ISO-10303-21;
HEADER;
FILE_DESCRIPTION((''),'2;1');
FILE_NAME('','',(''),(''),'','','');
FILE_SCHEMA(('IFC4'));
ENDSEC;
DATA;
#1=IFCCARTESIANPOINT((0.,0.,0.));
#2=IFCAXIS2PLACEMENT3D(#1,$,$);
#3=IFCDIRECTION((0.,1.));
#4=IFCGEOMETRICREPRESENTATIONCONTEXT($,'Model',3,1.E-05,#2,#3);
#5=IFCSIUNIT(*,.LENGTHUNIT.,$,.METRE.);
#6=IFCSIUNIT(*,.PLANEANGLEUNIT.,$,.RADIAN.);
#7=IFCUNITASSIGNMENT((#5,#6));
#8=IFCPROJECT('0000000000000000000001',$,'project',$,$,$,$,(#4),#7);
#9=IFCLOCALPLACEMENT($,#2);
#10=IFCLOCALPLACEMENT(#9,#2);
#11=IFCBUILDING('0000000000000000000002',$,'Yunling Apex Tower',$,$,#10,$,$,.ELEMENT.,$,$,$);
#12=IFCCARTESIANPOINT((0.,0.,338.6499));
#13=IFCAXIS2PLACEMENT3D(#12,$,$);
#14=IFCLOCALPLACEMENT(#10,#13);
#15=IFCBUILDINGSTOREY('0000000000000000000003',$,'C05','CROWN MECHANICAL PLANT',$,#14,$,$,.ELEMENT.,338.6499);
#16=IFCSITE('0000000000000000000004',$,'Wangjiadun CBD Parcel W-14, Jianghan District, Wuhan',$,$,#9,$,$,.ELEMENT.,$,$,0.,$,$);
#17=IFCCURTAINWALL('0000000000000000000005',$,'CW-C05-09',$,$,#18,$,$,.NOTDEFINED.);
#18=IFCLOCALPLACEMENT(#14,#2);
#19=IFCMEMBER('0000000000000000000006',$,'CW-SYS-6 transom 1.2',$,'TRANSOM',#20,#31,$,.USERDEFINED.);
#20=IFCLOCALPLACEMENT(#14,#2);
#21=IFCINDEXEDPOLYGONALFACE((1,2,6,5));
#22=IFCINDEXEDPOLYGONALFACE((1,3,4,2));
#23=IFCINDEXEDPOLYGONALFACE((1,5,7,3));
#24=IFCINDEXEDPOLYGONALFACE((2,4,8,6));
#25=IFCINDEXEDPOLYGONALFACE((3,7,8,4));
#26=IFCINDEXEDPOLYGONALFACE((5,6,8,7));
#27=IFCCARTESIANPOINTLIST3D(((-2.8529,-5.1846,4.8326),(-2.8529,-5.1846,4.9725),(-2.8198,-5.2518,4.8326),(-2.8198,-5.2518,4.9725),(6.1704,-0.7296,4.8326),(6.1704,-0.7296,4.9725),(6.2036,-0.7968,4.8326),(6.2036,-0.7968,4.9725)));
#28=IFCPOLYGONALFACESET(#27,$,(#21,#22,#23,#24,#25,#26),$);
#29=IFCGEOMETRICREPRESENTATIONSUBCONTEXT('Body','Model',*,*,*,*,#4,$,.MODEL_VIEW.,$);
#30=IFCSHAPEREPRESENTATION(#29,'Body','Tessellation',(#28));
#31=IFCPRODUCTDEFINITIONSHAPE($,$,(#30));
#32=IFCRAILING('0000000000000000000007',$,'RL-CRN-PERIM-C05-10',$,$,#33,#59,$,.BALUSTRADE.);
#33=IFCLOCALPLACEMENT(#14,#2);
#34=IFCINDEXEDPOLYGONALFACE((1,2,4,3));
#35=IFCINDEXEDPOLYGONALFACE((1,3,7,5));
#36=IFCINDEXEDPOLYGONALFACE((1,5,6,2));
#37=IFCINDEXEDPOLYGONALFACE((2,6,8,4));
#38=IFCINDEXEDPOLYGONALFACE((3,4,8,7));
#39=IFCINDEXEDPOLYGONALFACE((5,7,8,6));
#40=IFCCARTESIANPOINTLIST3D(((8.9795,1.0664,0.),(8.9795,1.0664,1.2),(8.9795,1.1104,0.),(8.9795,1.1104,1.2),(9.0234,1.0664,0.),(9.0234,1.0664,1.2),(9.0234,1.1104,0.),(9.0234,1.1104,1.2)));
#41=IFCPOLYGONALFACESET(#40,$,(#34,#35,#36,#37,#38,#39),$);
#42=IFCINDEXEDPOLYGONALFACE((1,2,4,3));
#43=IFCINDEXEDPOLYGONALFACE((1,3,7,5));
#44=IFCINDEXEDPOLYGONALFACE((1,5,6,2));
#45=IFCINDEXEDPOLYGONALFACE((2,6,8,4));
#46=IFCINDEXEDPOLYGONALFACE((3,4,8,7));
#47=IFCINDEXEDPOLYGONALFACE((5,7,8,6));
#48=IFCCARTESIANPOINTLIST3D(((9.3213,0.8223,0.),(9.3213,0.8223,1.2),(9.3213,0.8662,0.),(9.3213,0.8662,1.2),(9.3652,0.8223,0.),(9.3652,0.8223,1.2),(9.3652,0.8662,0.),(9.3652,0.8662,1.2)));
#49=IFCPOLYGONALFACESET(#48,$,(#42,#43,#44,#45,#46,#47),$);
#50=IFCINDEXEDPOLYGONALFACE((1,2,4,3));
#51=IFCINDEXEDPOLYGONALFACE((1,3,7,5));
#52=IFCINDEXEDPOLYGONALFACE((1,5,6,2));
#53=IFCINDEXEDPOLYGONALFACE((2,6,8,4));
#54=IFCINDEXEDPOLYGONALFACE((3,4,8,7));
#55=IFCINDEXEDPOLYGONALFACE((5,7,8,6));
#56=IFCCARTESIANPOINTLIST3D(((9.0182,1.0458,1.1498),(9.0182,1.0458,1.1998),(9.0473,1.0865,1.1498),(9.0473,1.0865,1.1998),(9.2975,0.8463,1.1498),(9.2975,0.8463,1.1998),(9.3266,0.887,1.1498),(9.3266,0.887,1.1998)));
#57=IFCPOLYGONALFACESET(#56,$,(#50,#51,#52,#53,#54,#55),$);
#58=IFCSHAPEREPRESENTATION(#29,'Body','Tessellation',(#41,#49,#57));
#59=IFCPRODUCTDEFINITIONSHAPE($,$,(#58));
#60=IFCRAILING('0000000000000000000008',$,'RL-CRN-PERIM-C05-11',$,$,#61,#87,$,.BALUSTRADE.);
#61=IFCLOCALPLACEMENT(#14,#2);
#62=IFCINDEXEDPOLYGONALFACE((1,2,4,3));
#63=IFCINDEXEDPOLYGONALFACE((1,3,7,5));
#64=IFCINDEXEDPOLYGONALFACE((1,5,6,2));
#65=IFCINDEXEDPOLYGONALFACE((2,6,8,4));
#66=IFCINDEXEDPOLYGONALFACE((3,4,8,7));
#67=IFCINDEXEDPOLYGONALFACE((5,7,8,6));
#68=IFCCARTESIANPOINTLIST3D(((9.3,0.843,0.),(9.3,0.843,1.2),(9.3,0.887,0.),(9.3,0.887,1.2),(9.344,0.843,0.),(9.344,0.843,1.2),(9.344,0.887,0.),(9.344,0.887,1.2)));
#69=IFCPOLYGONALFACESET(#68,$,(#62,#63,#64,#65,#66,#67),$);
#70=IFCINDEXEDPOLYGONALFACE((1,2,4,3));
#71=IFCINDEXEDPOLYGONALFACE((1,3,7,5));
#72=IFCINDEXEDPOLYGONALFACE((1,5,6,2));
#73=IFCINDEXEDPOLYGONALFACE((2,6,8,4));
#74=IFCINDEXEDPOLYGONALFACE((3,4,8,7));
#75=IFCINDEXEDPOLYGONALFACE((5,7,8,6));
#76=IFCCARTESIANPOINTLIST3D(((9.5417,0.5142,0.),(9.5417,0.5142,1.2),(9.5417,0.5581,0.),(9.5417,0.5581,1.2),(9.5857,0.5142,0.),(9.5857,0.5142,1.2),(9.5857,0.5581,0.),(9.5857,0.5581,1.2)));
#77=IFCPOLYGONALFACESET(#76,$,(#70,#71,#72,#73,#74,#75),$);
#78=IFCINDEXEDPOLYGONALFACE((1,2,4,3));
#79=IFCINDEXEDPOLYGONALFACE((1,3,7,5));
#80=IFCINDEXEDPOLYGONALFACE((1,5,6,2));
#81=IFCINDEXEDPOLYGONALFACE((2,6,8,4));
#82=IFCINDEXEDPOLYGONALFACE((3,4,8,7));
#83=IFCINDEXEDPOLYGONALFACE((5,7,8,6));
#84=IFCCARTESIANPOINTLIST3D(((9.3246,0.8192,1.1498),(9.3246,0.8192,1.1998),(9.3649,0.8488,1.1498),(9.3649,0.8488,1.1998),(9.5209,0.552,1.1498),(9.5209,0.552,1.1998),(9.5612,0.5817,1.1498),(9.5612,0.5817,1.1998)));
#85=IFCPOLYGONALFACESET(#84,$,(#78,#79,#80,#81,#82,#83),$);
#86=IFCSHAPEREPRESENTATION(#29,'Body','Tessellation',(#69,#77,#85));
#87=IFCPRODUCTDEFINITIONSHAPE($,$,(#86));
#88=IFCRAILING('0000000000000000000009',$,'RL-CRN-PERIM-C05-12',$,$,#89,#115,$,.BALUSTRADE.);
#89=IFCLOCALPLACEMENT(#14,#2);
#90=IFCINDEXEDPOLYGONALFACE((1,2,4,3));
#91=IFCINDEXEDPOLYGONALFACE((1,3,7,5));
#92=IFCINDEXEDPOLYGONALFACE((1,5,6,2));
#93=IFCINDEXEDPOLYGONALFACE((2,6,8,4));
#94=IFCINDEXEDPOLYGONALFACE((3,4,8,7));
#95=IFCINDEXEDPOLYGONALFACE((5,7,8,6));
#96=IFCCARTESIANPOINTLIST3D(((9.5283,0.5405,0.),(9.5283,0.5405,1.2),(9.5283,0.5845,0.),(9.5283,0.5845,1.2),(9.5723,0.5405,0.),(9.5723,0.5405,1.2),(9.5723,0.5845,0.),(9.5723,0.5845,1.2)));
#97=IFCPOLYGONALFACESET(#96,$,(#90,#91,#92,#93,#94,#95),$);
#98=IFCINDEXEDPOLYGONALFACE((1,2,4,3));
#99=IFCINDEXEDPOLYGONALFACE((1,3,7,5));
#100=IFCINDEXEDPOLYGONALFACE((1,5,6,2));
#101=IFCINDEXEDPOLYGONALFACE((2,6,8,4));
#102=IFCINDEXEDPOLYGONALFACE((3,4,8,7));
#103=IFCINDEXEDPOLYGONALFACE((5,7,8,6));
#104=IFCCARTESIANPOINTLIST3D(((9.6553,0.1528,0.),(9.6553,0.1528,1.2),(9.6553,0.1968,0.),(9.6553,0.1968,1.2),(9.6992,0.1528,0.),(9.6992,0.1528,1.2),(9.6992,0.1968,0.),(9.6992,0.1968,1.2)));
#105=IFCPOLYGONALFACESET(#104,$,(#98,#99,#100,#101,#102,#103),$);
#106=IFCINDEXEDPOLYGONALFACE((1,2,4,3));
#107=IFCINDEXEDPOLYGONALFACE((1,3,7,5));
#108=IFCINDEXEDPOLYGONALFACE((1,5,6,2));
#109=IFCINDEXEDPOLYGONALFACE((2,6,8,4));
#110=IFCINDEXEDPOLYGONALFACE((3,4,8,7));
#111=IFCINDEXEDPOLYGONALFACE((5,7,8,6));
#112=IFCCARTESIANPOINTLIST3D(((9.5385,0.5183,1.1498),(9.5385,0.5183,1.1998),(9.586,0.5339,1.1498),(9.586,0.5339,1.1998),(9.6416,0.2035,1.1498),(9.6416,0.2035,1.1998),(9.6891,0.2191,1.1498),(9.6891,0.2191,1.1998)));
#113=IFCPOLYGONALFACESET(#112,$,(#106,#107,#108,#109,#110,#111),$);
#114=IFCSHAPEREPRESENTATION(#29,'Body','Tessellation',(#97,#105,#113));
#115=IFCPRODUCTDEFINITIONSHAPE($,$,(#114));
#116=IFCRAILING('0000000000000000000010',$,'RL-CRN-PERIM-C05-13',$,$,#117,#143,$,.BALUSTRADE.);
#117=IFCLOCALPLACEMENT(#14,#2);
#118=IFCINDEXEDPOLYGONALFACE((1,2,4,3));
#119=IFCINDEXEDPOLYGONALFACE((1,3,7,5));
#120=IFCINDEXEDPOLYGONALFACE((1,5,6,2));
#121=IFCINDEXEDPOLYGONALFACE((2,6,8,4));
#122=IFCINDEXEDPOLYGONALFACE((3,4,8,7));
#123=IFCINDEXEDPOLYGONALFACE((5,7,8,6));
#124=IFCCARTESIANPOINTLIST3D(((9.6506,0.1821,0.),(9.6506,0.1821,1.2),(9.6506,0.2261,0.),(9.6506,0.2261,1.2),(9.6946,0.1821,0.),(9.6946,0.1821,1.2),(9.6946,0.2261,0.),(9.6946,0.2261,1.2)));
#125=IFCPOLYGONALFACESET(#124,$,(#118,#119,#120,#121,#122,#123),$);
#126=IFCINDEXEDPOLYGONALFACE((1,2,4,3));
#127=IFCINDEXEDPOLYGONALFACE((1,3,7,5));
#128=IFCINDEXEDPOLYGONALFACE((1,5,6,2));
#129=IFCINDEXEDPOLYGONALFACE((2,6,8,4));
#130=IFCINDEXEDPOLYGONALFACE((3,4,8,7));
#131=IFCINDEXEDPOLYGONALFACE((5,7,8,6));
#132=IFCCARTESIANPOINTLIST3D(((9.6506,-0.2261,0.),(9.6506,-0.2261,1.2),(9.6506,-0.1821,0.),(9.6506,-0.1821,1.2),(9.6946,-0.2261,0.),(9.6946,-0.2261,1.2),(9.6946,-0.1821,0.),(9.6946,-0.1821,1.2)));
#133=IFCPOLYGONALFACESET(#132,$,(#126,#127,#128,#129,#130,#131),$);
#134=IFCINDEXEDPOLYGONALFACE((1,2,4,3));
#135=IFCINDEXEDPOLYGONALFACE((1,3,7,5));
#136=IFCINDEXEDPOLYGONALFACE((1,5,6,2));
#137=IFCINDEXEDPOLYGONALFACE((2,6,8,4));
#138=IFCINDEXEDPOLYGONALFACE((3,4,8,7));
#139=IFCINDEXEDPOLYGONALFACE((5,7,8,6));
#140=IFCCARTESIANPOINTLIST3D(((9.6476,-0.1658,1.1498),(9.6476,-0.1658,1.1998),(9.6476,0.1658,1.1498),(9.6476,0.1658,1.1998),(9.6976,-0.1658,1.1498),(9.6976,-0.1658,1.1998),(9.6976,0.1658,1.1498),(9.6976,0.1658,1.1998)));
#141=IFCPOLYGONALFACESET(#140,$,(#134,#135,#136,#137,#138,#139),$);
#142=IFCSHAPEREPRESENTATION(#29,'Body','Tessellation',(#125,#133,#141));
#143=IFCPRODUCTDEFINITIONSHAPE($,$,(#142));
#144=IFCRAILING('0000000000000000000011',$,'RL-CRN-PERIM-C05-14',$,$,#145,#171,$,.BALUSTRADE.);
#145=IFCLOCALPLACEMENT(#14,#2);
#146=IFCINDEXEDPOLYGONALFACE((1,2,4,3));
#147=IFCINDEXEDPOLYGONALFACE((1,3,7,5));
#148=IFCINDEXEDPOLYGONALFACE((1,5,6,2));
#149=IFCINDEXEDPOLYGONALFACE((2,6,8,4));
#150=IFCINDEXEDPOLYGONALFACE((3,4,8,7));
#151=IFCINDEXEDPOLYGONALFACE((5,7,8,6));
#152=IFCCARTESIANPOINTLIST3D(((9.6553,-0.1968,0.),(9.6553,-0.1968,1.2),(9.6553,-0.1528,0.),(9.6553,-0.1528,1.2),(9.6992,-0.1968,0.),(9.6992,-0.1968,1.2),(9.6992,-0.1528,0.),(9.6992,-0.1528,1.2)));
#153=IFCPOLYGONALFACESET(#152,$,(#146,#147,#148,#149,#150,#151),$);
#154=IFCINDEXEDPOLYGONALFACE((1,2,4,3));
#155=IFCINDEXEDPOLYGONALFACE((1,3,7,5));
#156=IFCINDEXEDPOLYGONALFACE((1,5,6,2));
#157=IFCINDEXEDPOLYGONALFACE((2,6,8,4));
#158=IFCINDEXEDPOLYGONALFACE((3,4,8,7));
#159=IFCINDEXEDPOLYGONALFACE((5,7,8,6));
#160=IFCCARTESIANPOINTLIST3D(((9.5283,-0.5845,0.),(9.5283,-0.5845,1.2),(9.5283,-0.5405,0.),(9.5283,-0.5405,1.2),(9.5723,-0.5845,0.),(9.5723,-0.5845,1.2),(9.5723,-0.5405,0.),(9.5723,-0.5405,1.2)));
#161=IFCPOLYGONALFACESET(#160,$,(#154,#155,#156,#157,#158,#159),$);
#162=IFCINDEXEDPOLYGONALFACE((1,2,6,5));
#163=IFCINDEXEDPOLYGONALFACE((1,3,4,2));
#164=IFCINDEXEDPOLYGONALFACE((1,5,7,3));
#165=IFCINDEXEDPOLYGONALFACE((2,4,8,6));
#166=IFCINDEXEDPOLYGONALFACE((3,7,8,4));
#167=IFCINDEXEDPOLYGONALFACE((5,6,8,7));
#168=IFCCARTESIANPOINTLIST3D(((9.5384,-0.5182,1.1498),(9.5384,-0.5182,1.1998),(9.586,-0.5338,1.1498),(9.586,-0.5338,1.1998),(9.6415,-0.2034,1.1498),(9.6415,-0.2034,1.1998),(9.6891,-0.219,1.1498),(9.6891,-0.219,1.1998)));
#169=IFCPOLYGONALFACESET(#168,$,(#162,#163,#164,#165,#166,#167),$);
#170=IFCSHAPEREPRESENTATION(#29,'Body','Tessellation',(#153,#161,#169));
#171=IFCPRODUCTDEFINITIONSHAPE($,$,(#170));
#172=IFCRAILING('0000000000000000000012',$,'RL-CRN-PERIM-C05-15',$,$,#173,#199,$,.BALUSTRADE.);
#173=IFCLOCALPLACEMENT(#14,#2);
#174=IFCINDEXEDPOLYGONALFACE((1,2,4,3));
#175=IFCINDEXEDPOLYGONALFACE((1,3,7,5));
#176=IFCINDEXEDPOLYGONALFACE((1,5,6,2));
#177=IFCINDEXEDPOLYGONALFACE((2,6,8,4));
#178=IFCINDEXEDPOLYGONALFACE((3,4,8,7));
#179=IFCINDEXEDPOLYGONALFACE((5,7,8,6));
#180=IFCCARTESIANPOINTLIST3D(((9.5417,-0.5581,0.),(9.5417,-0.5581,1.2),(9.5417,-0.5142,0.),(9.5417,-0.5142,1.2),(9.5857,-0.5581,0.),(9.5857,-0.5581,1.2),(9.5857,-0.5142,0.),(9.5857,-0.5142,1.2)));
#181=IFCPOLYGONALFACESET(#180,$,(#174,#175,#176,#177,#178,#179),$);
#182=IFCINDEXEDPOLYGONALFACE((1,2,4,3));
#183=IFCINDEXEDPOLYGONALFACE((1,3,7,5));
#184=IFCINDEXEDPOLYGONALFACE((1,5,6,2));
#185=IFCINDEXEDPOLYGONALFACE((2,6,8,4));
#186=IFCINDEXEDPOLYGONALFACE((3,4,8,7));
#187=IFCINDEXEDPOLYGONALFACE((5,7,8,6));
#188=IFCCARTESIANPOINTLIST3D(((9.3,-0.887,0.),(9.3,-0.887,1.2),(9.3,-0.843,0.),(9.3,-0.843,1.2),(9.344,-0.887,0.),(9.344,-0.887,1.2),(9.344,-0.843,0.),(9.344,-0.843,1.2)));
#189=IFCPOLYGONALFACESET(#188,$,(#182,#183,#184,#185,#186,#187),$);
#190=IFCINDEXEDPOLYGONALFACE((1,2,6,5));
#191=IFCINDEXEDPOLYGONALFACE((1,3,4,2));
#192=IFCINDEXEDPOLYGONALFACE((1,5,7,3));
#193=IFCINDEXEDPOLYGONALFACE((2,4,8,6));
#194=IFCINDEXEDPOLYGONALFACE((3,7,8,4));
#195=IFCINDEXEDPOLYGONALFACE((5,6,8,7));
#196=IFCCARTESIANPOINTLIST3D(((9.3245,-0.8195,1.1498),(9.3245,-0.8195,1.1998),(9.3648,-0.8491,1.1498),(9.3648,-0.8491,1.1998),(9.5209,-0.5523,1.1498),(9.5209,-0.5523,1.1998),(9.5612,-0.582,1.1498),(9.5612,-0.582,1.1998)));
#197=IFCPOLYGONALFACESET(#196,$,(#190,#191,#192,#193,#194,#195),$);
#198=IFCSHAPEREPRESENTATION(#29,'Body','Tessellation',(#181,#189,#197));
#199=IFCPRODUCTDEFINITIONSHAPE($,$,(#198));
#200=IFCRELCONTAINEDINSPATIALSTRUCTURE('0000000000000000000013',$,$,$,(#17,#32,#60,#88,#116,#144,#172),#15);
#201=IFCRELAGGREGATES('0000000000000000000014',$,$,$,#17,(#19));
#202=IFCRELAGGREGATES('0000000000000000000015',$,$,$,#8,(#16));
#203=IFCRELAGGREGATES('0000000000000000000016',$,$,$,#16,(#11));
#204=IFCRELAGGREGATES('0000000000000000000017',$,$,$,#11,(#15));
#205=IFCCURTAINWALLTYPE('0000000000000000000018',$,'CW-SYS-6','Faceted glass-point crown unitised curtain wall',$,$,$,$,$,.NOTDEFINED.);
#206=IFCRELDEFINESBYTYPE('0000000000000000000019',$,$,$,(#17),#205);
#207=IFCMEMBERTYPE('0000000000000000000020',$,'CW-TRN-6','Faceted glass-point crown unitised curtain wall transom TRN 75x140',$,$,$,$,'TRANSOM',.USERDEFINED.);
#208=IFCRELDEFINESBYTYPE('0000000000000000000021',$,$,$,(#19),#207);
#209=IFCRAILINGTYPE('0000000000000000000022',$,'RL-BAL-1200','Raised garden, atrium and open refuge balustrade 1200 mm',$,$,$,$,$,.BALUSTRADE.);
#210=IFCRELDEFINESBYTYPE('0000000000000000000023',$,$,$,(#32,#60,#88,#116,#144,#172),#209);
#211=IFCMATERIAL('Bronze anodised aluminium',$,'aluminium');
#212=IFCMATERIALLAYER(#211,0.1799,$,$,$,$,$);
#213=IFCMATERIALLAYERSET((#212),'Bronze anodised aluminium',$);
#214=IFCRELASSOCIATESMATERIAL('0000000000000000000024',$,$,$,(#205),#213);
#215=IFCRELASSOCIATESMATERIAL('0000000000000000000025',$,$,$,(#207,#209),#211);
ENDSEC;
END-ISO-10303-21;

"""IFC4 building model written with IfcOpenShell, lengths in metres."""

from ifc_helpers import new_model, si_unit, direction, frame, origin, origin_2d, place, context, subcontext, project, spatial, rectangle, extrude, source, transform, mapped, material, layer, layer_set, material_profile, profile_set, type_object, element, aggregate, save


model = new_model("IFC4")

# Units and contexts
model_context = context("Model", 3, precision=1e-05, world=origin(), true_north=direction((0.0, 1.0)))
body_context = subcontext(model_context, "Body", "Model", "MODEL_VIEW")
ifc_project = project(units=[si_unit("LENGTHUNIT", "METRE"), si_unit("PLANEANGLEUNIT", "RADIAN")], contexts=[model_context])

# Site, building, storey
site_placement = place(None, origin())
site = spatial("IfcSite", under=ifc_project, at=site_placement, Name="Wangjiadun CBD Parcel W-14, Jianghan District, Wuhan", CompositionType="ELEMENT", RefElevation=0.0)
building_placement = place(site_placement, origin())
building = spatial("IfcBuilding", under=site, at=building_placement, Name="Yunling Apex Tower", CompositionType="ELEMENT")
storey_placement = place(building_placement, frame((0.0, 0.0, 338.6499)))
storey = spatial("IfcBuildingStorey", under=building, at=storey_placement, Name="C05", Description="CROWN MECHANICAL PLANT", CompositionType="ELEMENT", Elevation=338.6499)

# Shared definitions
ifc_material_1 = material(Name="Bronze anodised aluminium", Category="aluminium")
ifc_layer = layer(ifc_material_1, 0.1799)
ifc_layer_set = layer_set([ifc_layer], Name="Bronze anodised aluminium")
curtain_wall_type = type_object("IfcCurtainWallType", Name="CW-SYS-6", Description="Faceted glass-point crown unitised curtain wall", PredefinedType="NOTDEFINED", material=ifc_layer_set)

# Curtain wall, member
curtain_wall_1_placement = place(storey_placement, origin())
curtain_wall_1 = element("IfcCurtainWall", 1, at=curtain_wall_1_placement, inside=storey, type_object=curtain_wall_type, Name="CW-C05-09", PredefinedType="NOTDEFINED")
ifc_material_profile_1 = material_profile(ifc_material_1, rectangle(XDim=0.075, YDim=0.1399, at=origin_2d()))
ifc_profile_set_1 = profile_set([ifc_material_profile_1], Name="Bronze anodised aluminium")
member_type_1 = type_object("IfcMemberType", Name="CW-TRN-6", Description="Faceted glass-point crown unitised curtain wall transom TRN 75x140", ElementType="TRANSOM", PredefinedType="USERDEFINED", material=ifc_profile_set_1)
shared_shape_1 = source(origin(), body_context, "Body", "SweptSolid", [
    extrude(rectangle(XDim=0.075, YDim=0.1399, at=origin_2d()), origin(), (0.0, 0.0, 1.0), 10.0632),
])
member_1_placement = place(storey_placement, frame((6.187, -0.7632, 4.9026), z_axis=(-0.896667, -0.442705, 0.0), x_axis=(0.442705, -0.896667, 0.0)))
member_1 = element("IfcMember", 2, at=member_1_placement, type_object=member_type_1, Name="CW-SYS-6 transom 1.2", ObjectType="TRANSOM", PredefinedType="USERDEFINED", context=body_context, shape_type="MappedRepresentation", body=[
    mapped(shared_shape_1, transform((0.0, 0.0, 0.0), scale=1.0)),
])
aggregate(curtain_wall_1, [member_1])

# Railings
railing_type_1 = type_object("IfcRailingType", Name="RL-BAL-1200", Description="Raised garden, atrium and open refuge balustrade 1200 mm", PredefinedType="BALUSTRADE", material=ifc_material_1)
railing_1_placement = place(storey_placement, frame((9.0015, 1.0884, 0.0)))
element("IfcRailing", 3, at=railing_1_placement, inside=storey, type_object=railing_type_1, Name="RL-CRN-PERIM-C05-10", PredefinedType="BALUSTRADE", context=body_context, shape_type="SweptSolid", body=[
    extrude(rectangle(XDim=0.0439, YDim=0.0439, at=origin_2d()), origin(), (0.0, 0.0, 1.0), 1.2),
    extrude(rectangle(XDim=0.0439, YDim=0.0439, at=origin_2d()), frame((0.3418, -0.2441, 0.0)), (0.0, 0.0, 1.0), 1.2),
    extrude(rectangle(XDim=0.05, YDim=0.05, at=origin_2d()), frame((0.0312, -0.0222, 1.1748), z_axis=(0.813733, -0.581238, 0.0), x_axis=(0.581238, 0.813733, 0.0)), (0.0, 0.0, 1.0), 0.3433),
])
railing_2_placement = place(storey_placement, frame((9.322, 0.865, 0.0)))
element("IfcRailing", 4, at=railing_2_placement, inside=storey, type_object=railing_type_1, Name="RL-CRN-PERIM-C05-11", PredefinedType="BALUSTRADE", context=body_context, shape_type="SweptSolid", body=[
    extrude(rectangle(XDim=0.0439, YDim=0.0439, at=origin_2d()), origin(), (0.0, 0.0, 1.0), 1.2),
    extrude(rectangle(XDim=0.0439, YDim=0.0439, at=origin_2d()), frame((0.2417, -0.3289, 0.0)), (0.0, 0.0, 1.0), 1.2),
    extrude(rectangle(XDim=0.05, YDim=0.05, at=origin_2d()), frame((0.0227, -0.031, 1.1748), z_axis=(0.592219, -0.805777, 0.0), x_axis=(0.805777, 0.592219, 0.0)), (0.0, 0.0, 1.0), 0.3315),
])
railing_3_placement = place(storey_placement, frame((9.5503, 0.5625, 0.0)))
element("IfcRailing", 5, at=railing_3_placement, inside=storey, type_object=railing_type_1, Name="RL-CRN-PERIM-C05-12", PredefinedType="BALUSTRADE", context=body_context, shape_type="SweptSolid", body=[
    extrude(rectangle(XDim=0.0439, YDim=0.0439, at=origin_2d()), origin(), (0.0, 0.0, 1.0), 1.2),
    extrude(rectangle(XDim=0.0439, YDim=0.0439, at=origin_2d()), frame((0.127, -0.3877, 0.0)), (0.0, 0.0, 1.0), 1.2),
    extrude(rectangle(XDim=0.05, YDim=0.05, at=origin_2d()), frame((0.012, -0.0364, 1.1748), z_axis=(0.311196, -0.950346, 0.0), x_axis=(0.950346, 0.311196, 0.0)), (0.0, 0.0, 1.0), 0.3313),
])
railing_4_placement = place(storey_placement, frame((9.6726, 0.2041, 0.0)))
element("IfcRailing", 6, at=railing_4_placement, inside=storey, type_object=railing_type_1, Name="RL-CRN-PERIM-C05-13", PredefinedType="BALUSTRADE", context=body_context, shape_type="SweptSolid", body=[
    extrude(rectangle(XDim=0.0439, YDim=0.0439, at=origin_2d()), origin(), (0.0, 0.0, 1.0), 1.2),
    extrude(rectangle(XDim=0.0439, YDim=0.0439, at=origin_2d()), frame((0.0, -0.4082, 0.0)), (0.0, 0.0, 1.0), 1.2),
    extrude(rectangle(XDim=0.05, YDim=0.05, at=origin_2d()), frame((0.0, -0.0383, 1.1748), z_axis=(0.0, -1.0, 0.0), x_axis=(1.0, 0.0, 0.0)), (0.0, 0.0, 1.0), 0.3315),
])
railing_5_placement = place(storey_placement, frame((9.6772, -0.1748, 0.0)))
element("IfcRailing", 7, at=railing_5_placement, inside=storey, type_object=railing_type_1, Name="RL-CRN-PERIM-C05-14", PredefinedType="BALUSTRADE", context=body_context, shape_type="SweptSolid", body=[
    extrude(rectangle(XDim=0.0439, YDim=0.0439, at=origin_2d()), origin(), (0.0, 0.0, 1.0), 1.2),
    extrude(rectangle(XDim=0.0439, YDim=0.0439, at=origin_2d()), frame((-0.127, -0.3877, 0.0)), (0.0, 0.0, 1.0), 1.2),
    extrude(rectangle(XDim=0.05, YDim=0.05, at=origin_2d()), frame((-0.012, -0.0364, 1.1748), z_axis=(-0.311196, -0.950346, 0.0), x_axis=(0.950346, -0.311196, 0.0)), (0.0, 0.0, 1.0), 0.3313),
])
railing_6_placement = place(storey_placement, frame((9.5637, -0.5361, 0.0)))
element("IfcRailing", 8, at=railing_6_placement, inside=storey, type_object=railing_type_1, Name="RL-CRN-PERIM-C05-15", PredefinedType="BALUSTRADE", context=body_context, shape_type="SweptSolid", body=[
    extrude(rectangle(XDim=0.0439, YDim=0.0439, at=origin_2d()), origin(), (0.0, 0.0, 1.0), 1.2),
    extrude(rectangle(XDim=0.0439, YDim=0.0439, at=origin_2d()), frame((-0.2417, -0.3289, 0.0)), (0.0, 0.0, 1.0), 1.2),
    extrude(rectangle(XDim=0.05, YDim=0.05, at=origin_2d()), frame((-0.0227, -0.031, 1.1748), z_axis=(-0.592219, -0.805777, 0.0), x_axis=(0.805777, -0.592219, 0.0)), (0.0, 0.0, 1.0), 0.3315),
])

save(model, "model.ifc")
